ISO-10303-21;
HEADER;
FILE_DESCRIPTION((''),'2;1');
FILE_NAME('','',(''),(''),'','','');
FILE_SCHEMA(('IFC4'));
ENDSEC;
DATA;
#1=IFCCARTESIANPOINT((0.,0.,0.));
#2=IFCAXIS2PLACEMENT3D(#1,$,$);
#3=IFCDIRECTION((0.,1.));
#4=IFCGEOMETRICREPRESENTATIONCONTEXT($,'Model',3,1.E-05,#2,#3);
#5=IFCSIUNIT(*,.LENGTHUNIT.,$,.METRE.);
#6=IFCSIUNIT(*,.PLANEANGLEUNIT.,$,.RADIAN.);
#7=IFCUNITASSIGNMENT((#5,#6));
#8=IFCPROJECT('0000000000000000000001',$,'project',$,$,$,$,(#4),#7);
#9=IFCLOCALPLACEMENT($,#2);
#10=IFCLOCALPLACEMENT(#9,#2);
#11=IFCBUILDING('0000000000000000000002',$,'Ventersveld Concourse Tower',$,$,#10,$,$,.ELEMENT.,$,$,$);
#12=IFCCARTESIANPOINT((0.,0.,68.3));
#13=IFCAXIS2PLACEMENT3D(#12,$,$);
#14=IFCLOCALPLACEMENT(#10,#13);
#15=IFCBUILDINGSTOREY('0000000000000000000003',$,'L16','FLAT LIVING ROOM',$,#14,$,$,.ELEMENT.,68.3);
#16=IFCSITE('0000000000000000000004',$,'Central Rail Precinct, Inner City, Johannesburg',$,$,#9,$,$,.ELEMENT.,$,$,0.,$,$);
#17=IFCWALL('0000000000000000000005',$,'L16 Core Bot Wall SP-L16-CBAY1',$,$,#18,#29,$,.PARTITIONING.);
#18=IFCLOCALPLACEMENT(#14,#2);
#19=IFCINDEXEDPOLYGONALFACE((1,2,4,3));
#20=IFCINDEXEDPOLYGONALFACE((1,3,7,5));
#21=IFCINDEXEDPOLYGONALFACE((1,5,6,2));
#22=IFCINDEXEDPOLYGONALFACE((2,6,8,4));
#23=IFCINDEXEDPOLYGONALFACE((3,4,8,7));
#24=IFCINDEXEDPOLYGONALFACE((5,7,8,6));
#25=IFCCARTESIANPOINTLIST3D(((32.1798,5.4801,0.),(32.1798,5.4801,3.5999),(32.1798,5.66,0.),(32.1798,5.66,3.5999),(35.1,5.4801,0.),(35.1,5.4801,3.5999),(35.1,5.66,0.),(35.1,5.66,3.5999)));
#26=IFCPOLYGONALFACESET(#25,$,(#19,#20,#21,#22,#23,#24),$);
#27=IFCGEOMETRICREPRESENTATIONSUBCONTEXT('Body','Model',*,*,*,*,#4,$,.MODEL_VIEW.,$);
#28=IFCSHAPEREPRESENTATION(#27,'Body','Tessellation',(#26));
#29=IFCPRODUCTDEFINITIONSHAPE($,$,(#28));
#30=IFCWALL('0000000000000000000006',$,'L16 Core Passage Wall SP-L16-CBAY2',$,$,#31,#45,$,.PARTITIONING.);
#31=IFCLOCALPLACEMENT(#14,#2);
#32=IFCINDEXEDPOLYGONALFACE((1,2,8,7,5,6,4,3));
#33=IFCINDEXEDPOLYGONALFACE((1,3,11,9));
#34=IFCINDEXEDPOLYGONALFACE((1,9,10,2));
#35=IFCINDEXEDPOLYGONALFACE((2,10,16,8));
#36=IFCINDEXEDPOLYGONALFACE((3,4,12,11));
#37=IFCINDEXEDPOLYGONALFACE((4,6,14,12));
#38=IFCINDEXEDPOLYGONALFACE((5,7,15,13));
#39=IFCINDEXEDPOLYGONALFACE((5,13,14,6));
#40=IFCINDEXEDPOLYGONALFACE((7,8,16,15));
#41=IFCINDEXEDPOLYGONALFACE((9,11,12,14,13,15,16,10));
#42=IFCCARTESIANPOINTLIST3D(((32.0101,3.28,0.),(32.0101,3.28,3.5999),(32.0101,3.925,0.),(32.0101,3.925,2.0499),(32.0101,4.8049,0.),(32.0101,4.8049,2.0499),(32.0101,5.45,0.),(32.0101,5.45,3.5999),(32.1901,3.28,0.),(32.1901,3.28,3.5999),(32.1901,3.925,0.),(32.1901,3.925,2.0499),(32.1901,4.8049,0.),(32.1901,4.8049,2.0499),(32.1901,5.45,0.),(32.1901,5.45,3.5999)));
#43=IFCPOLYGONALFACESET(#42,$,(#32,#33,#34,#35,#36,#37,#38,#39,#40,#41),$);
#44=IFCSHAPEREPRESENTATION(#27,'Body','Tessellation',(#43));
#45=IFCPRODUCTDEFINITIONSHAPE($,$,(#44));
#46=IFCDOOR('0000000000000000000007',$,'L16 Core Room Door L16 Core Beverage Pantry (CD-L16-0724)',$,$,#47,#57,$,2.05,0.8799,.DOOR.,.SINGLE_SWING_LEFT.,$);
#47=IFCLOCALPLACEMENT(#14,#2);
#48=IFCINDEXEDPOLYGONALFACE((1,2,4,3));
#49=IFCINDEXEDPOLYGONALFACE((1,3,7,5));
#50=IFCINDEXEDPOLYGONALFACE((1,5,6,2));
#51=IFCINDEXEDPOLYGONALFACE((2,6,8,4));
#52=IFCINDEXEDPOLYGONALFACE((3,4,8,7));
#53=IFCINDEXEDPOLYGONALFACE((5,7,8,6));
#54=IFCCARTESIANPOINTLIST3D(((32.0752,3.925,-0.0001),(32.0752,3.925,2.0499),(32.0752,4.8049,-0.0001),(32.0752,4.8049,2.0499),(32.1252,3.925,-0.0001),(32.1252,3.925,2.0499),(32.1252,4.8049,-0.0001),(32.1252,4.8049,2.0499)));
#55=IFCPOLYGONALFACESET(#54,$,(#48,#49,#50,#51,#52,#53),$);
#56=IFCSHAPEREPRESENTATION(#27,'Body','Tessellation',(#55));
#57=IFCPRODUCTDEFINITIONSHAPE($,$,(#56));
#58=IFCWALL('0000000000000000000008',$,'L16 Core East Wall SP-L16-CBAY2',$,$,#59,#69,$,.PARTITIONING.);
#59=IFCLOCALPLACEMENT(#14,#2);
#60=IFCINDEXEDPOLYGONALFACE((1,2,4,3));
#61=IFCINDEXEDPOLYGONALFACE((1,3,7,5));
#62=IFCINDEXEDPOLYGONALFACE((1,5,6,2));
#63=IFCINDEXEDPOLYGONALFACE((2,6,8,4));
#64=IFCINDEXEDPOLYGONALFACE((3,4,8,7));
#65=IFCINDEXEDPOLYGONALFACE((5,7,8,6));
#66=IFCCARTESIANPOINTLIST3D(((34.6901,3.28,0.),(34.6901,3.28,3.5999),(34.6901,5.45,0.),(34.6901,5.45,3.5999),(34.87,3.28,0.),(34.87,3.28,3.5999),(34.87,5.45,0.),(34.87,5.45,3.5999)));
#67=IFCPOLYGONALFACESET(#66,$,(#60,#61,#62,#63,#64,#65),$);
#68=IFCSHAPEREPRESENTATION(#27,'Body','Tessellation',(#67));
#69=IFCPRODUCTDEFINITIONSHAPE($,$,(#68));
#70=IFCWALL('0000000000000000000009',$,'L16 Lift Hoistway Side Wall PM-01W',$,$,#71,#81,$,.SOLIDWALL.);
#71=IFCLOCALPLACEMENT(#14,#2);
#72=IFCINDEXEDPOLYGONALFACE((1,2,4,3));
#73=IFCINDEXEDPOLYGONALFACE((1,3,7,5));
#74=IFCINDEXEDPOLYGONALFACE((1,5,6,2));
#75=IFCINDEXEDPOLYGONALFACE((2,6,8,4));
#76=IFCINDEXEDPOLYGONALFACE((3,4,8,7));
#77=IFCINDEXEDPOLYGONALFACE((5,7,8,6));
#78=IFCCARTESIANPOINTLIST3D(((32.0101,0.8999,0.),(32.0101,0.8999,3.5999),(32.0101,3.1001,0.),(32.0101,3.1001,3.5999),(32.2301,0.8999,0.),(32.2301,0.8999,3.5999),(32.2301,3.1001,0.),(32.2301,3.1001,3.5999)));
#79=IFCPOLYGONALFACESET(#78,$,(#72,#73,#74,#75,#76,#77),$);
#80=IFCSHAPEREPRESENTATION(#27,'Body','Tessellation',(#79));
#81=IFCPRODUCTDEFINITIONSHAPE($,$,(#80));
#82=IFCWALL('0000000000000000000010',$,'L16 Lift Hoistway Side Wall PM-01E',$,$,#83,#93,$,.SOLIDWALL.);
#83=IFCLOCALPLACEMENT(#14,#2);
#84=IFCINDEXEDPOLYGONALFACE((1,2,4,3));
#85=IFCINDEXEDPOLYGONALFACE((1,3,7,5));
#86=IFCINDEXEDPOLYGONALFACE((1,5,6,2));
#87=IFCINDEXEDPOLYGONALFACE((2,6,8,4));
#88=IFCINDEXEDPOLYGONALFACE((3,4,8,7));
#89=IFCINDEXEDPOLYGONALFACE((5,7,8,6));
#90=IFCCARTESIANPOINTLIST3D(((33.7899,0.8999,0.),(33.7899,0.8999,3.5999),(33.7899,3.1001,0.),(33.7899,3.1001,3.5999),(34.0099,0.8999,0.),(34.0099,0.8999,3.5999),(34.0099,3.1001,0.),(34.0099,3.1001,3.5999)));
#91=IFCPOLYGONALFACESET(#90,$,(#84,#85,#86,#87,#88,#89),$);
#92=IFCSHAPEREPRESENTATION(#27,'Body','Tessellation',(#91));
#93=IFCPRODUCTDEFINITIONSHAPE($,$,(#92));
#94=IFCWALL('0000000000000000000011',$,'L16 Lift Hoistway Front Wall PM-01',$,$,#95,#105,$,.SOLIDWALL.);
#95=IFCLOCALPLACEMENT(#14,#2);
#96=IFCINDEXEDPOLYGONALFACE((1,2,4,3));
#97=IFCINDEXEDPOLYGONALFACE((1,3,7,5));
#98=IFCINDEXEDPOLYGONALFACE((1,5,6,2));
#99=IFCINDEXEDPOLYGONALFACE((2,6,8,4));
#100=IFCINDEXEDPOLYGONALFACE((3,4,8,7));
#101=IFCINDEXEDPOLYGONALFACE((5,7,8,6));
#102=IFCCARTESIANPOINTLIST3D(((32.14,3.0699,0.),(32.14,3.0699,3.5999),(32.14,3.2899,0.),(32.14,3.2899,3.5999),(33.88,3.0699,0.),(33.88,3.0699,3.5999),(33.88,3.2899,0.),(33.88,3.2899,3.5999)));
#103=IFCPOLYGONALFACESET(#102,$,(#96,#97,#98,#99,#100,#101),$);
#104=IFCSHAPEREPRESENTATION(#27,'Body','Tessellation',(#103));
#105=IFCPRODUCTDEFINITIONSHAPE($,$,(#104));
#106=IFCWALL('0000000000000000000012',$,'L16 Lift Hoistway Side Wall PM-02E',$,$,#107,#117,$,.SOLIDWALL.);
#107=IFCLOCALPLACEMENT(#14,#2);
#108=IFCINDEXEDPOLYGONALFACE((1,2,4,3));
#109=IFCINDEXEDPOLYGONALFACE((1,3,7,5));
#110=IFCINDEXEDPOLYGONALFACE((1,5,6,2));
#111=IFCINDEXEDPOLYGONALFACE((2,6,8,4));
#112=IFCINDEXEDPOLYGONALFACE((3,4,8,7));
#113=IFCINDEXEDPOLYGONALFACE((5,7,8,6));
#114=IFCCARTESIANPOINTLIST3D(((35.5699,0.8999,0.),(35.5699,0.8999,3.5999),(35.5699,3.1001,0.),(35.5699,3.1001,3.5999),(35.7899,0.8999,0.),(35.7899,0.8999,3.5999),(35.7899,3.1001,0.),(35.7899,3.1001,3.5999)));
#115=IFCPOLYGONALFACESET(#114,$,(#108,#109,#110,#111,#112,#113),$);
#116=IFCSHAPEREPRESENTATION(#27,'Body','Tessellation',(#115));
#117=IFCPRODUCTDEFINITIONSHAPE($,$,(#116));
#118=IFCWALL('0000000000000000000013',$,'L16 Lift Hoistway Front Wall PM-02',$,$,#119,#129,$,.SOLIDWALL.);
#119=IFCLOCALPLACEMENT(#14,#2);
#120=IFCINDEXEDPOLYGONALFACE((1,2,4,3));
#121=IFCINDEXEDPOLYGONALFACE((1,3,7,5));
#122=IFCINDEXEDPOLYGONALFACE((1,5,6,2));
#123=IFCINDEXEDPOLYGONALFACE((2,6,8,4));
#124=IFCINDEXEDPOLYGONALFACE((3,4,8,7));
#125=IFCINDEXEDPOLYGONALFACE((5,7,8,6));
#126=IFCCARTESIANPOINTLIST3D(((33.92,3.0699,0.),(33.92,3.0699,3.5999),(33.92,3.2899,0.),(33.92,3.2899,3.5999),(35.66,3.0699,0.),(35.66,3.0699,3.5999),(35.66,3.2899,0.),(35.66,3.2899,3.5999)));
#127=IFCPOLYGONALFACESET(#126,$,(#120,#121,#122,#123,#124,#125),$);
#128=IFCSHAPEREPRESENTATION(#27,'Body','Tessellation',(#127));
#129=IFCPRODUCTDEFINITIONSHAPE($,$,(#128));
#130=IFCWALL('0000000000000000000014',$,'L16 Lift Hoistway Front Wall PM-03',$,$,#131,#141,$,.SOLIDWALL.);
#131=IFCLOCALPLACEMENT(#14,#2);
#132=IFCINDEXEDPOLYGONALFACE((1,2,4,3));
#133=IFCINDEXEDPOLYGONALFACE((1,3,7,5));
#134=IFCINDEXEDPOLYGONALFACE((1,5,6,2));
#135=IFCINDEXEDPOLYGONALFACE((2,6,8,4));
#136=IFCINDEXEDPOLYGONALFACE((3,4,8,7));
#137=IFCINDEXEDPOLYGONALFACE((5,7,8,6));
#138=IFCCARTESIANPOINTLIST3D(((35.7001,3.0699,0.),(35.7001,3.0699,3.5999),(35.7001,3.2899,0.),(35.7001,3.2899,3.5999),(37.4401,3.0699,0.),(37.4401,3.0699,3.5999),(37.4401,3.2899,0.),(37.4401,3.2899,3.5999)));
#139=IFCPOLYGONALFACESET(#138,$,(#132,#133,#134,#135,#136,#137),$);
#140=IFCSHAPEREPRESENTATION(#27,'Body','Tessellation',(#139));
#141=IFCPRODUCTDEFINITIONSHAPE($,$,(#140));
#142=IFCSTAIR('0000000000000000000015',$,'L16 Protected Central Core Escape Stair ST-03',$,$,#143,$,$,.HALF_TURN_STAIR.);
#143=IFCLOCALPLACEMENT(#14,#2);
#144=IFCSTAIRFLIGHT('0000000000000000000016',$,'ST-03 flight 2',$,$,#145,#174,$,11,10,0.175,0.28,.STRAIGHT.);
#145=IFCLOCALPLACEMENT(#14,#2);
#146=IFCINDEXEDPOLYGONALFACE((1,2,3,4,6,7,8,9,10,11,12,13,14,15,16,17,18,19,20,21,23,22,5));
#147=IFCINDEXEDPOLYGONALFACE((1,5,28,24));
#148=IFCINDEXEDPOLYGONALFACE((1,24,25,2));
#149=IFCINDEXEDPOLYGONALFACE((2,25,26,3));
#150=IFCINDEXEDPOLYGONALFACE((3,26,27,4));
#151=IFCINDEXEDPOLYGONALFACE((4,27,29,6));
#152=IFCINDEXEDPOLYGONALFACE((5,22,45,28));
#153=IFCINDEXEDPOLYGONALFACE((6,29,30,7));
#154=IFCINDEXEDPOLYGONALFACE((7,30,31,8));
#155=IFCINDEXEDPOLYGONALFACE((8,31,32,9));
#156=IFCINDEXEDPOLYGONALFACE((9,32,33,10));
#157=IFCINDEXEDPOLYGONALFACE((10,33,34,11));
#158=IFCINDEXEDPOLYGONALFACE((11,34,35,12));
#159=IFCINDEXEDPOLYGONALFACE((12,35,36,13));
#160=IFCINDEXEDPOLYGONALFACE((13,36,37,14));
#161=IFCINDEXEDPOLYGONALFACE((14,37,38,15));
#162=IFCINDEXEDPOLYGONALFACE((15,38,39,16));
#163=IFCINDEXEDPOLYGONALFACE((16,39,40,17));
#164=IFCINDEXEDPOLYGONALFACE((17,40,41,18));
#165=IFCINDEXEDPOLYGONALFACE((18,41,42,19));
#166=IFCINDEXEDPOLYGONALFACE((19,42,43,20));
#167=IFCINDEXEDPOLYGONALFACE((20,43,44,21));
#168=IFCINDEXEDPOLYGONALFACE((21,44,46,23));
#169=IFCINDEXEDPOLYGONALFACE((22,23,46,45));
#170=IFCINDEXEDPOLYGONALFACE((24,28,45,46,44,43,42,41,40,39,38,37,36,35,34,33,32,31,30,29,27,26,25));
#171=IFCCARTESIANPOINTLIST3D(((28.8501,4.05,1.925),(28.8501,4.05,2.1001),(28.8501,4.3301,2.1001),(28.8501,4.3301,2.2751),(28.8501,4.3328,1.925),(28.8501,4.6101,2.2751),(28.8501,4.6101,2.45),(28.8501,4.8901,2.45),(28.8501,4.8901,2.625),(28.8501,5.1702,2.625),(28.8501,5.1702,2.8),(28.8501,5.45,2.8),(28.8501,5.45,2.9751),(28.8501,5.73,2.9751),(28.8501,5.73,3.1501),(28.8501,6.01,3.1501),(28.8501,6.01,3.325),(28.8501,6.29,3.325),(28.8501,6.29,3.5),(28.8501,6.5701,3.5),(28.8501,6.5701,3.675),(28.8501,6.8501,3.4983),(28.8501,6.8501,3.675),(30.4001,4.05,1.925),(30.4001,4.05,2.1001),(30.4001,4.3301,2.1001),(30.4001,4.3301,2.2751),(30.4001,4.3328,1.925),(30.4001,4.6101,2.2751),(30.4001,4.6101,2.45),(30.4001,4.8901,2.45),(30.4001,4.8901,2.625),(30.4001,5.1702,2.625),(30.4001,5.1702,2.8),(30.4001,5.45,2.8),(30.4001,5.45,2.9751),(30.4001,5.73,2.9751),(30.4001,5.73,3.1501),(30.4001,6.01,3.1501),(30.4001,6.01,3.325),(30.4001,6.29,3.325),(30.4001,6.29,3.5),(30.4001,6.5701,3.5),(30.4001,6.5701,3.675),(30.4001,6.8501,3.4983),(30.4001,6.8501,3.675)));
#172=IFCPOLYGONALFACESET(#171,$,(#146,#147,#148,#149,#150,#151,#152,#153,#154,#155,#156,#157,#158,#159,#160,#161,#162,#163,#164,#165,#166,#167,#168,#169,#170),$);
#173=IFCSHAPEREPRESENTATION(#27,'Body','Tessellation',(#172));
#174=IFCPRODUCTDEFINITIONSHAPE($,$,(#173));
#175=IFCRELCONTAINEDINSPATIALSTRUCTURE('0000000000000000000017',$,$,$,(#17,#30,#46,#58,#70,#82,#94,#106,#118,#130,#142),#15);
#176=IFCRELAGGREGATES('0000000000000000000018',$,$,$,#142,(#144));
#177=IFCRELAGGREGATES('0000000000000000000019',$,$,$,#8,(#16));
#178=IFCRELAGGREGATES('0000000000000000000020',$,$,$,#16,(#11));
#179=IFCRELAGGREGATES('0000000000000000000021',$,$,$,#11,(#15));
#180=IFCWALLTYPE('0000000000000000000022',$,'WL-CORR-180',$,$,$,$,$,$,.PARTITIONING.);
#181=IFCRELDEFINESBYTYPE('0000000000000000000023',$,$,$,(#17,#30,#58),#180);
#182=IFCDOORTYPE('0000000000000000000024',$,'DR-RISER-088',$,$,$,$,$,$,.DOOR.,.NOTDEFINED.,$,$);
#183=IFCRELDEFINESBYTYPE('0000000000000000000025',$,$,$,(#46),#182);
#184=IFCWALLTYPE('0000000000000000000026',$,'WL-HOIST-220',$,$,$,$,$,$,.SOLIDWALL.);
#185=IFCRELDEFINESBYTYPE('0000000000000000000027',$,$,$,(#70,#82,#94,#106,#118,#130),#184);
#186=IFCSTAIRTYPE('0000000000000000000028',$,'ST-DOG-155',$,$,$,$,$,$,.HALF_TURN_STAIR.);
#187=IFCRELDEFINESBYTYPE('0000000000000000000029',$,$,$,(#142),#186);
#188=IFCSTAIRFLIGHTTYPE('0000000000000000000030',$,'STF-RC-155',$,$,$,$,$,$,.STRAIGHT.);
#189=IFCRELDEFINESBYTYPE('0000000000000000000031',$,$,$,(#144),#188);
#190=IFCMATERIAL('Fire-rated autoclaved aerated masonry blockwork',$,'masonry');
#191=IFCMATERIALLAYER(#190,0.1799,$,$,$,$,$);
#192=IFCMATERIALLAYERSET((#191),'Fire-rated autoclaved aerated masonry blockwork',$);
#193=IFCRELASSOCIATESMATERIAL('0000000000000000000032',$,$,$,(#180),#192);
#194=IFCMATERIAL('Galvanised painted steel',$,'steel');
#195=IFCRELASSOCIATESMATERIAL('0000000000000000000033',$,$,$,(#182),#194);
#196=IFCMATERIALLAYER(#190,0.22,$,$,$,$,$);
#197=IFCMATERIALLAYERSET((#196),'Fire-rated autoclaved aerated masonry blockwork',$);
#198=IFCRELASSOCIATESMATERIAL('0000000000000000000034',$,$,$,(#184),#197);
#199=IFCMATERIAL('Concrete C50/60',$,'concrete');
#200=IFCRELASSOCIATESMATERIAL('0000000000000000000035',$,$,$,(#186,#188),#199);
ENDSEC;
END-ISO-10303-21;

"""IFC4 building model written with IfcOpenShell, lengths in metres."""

from ifc_helpers import new_model, si_unit, direction, frame, frame_2d, origin, place, context, subcontext, project, spatial, polyline, rectangle, outline, extrude, material, layer, layer_set, type_object, element, fill, aggregate, save


model = new_model("IFC4")

# Units and contexts
model_context = context("Model", 3, precision=1e-05, world=origin(), true_north=direction((0.0, 1.0)))
body_context = subcontext(model_context, "Body", "Model", "MODEL_VIEW")
ifc_project = project(units=[si_unit("LENGTHUNIT", "METRE"), si_unit("PLANEANGLEUNIT", "RADIAN")], contexts=[model_context])

# Site, building, storey
site_placement = place(None, origin())
site = spatial("IfcSite", under=ifc_project, at=site_placement, Name="Central Rail Precinct, Inner City, Johannesburg", CompositionType="ELEMENT", RefElevation=0.0)
building_placement = place(site_placement, origin())
building = spatial("IfcBuilding", under=site, at=building_placement, Name="Ventersveld Concourse Tower", CompositionType="ELEMENT")
storey_placement = place(building_placement, frame((0.0, 0.0, 68.3)))
storey = spatial("IfcBuildingStorey", under=building, at=storey_placement, Name="L16", Description="FLAT LIVING ROOM", CompositionType="ELEMENT", Elevation=68.3)

# Shared definitions
ifc_material_1 = material(Name="Concrete C50/60", Category="concrete")

# Wall
ifc_material_2 = material(Name="Fire-rated autoclaved aerated masonry blockwork", Category="masonry")
ifc_layer_1 = layer(ifc_material_2, 0.1799)
ifc_layer_set_1 = layer_set([ifc_layer_1], Name="Fire-rated autoclaved aerated masonry blockwork")
wall_type_1 = type_object("IfcWallType", Name="WL-CORR-180", PredefinedType="PARTITIONING", material=ifc_layer_set_1)
wall_1_placement = place(storey_placement, frame((32.1799, 5.5701, 0.0), z_axis=(0.0, 0.0, 1.0), x_axis=(1.0, 0.0, 0.0)))
element("IfcWall", 1, at=wall_1_placement, inside=storey, type_object=wall_type_1, Name="L16 Core Bot Wall SP-L16-CBAY1", PredefinedType="PARTITIONING", context=body_context, shape_type="SweptSolid", body=[
    extrude(rectangle(XDim=2.9202, YDim=0.1799, at=frame_2d((1.46, 0.0))), origin(), (0.0, 0.0, 1.0), 3.5999),
])

# Wall, opening, door
wall_2_placement = place(storey_placement, frame((32.1001, 3.28, 0.0), z_axis=(0.0, 0.0, 1.0), x_axis=(0.0, 1.0, 0.0)))
wall_2 = element("IfcWall", 2, at=wall_2_placement, inside=storey, type_object=wall_type_1, Name="L16 Core Passage Wall SP-L16-CBAY2", PredefinedType="PARTITIONING", context=body_context, shape_type="SweptSolid", body=[
    extrude(rectangle(XDim=2.1699, YDim=0.1799, at=frame_2d((1.085, 0.0))), origin(), (0.0, 0.0, 1.0), 3.5999),
])
opening_placement = place(wall_2_placement, frame((0.645, 0.0, 0.0)))
opening = element("IfcOpeningElement", 3, at=opening_placement, cuts=wall_2, PredefinedType="OPENING", context=body_context, shape_type="SweptSolid", body=[
    extrude(rectangle(XDim=0.8799, YDim=2.05, at=frame_2d((0.4399, 1.0249))), frame((0.0, 0.1001, 0.0), z_axis=(0.0, -1.0, 0.0), x_axis=(1.0, 0.0, 0.0)), (0.0, 0.0, 1.0), 0.2),
])
ifc_material_3 = material(Name="Galvanised painted steel", Category="steel")
door_type = type_object("IfcDoorType", Name="DR-RISER-088", OperationType="NOTDEFINED", PredefinedType="DOOR", material=ifc_material_3)
door_placement = place(opening_placement, origin())
door = element("IfcDoor", 4, at=door_placement, inside=storey, type_object=door_type, Name="L16 Core Room Door L16 Core Beverage Pantry (CD-L16-0724)", OperationType="SINGLE_SWING_LEFT", OverallHeight=2.05, OverallWidth=0.8799, PredefinedType="DOOR", context=body_context, shape_type="SweptSolid", body=[
    extrude(rectangle(XDim=0.8799, YDim=2.05, at=frame_2d((0.4399, 1.0249))), frame((0.0, 0.0249, 0.0), z_axis=(0.0, -1.0, 0.0), x_axis=(1.0, 0.0, 0.0)), (0.0, 0.0, 1.0), 0.05),
])
fill(opening, door)

# Walls
wall_3_placement = place(storey_placement, frame((34.78, 3.28, 0.0), z_axis=(0.0, 0.0, 1.0), x_axis=(0.0, 1.0, 0.0)))
element("IfcWall", 5, at=wall_3_placement, inside=storey, type_object=wall_type_1, Name="L16 Core East Wall SP-L16-CBAY2", PredefinedType="PARTITIONING", context=body_context, shape_type="SweptSolid", body=[
    extrude(rectangle(XDim=2.1699, YDim=0.1799, at=frame_2d((1.085, 0.0))), origin(), (0.0, 0.0, 1.0), 3.5999),
])
ifc_layer_2 = layer(ifc_material_2, 0.22)
ifc_layer_set_2 = layer_set([ifc_layer_2], Name="Fire-rated autoclaved aerated masonry blockwork")
wall_type_2 = type_object("IfcWallType", Name="WL-HOIST-220", PredefinedType="SOLIDWALL", material=ifc_layer_set_2)
for number, where, z_axis, x_axis, name in (
    (6, (32.1201, 0.8999, 0.0), (0.0, 0.0, 1.0), (0.0, 1.0, 0.0), "L16 Lift Hoistway Side Wall PM-01W"),
    (7, (33.8999, 0.8999, 0.0), (0.0, 0.0, 1.0), (0.0, 1.0, 0.0), "L16 Lift Hoistway Side Wall PM-01E"),
):
    element("IfcWall", number, at=place(storey_placement, frame(where, z_axis=z_axis, x_axis=x_axis)), inside=storey, type_object=wall_type_2, Name=name, PredefinedType="SOLIDWALL", context=body_context, shape_type="SweptSolid", body=[
        extrude(rectangle(XDim=2.2002, YDim=0.22, at=frame_2d((1.1001, 0.0))), origin(), (0.0, 0.0, 1.0), 3.5999),
    ])
wall_4_placement = place(storey_placement, frame((32.1399, 3.1799, 0.0), z_axis=(0.0, 0.0, 1.0), x_axis=(1.0, 0.0, 0.0)))
element("IfcWall", 8, at=wall_4_placement, inside=storey, type_object=wall_type_2, Name="L16 Lift Hoistway Front Wall PM-01", PredefinedType="SOLIDWALL", context=body_context, shape_type="SweptSolid", body=[
    extrude(rectangle(XDim=1.74, YDim=0.22, at=frame_2d((0.8701, 0.0))), origin(), (0.0, 0.0, 1.0), 3.5999),
])
wall_5_placement = place(storey_placement, frame((35.6799, 0.8999, 0.0), z_axis=(0.0, 0.0, 1.0), x_axis=(0.0, 1.0, 0.0)))
element("IfcWall", 9, at=wall_5_placement, inside=storey, type_object=wall_type_2, Name="L16 Lift Hoistway Side Wall PM-02E", PredefinedType="SOLIDWALL", context=body_context, shape_type="SweptSolid", body=[
    extrude(rectangle(XDim=2.2002, YDim=0.22, at=frame_2d((1.1001, 0.0))), origin(), (0.0, 0.0, 1.0), 3.5999),
])
for number, where, z_axis, x_axis, name in (
    (10, (33.9199, 3.1799, 0.0), (0.0, 0.0, 1.0), (1.0, 0.0, 0.0), "L16 Lift Hoistway Front Wall PM-02"),
    (11, (35.7, 3.1799, 0.0), (0.0, 0.0, 1.0), (1.0, 0.0, 0.0), "L16 Lift Hoistway Front Wall PM-03"),
):
    element("IfcWall", number, at=place(storey_placement, frame(where, z_axis=z_axis, x_axis=x_axis)), inside=storey, type_object=wall_type_2, Name=name, PredefinedType="SOLIDWALL", context=body_context, shape_type="SweptSolid", body=[
        extrude(rectangle(XDim=1.74, YDim=0.22, at=frame_2d((0.8701, 0.0))), origin(), (0.0, 0.0, 1.0), 3.5999),
    ])

# Stair, stair flight
stair_type = type_object("IfcStairType", Name="ST-DOG-155", PredefinedType="HALF_TURN_STAIR", material=ifc_material_1)
stair_placement = place(storey_placement, origin())
stair = element("IfcStair", 12, at=stair_placement, inside=storey, type_object=stair_type, Name="L16 Protected Central Core Escape Stair ST-03", PredefinedType="HALF_TURN_STAIR")
stair_flight_type = type_object("IfcStairFlightType", Name="STF-RC-155", PredefinedType="STRAIGHT", material=ifc_material_1)
stair_flight_placement = place(storey_placement, frame((29.625, 4.05, 1.925), z_axis=(0.0, 0.0, 1.0), x_axis=(0.0, 1.0, 0.0)))
stair_flight = element("IfcStairFlight", 13, at=stair_flight_placement, type_object=stair_flight_type, Name="ST-03 flight 2", NumberOfRisers=11, NumberOfTreads=10, PredefinedType="STRAIGHT", RiserHeight=0.175, TreadLength=0.28, context=body_context, shape_type="SweptSolid", body=[
    extrude(outline(polyline([(0.0, 0.0), (0.0, 0.175), (0.28, 0.175), (0.28, 0.3501), (0.5601, 0.3501), (0.5601, 0.5249), (0.8401, 0.5249), (0.8401, 0.7), (1.1201, 0.7), (1.1201, 0.875), (1.3999, 0.875), (1.3999, 1.05), (1.6799, 1.05), (1.6799, 1.2251), (1.96, 1.2251), (1.96, 1.3999), (2.24, 1.3999), (2.24, 1.575), (2.52, 1.575), (2.52, 1.75), (2.8, 1.75), (2.8, 1.925), (2.8, 1.5732), (0.2827, 0.0), (0.0, 0.0)])), frame((0.0, 0.7749, 0.0), z_axis=(0.0, -1.0, 0.0), x_axis=(1.0, 0.0, 0.0)), (0.0, 0.0, 1.0), 1.55),
])
aggregate(stair, [stair_flight])

save(model, "model.ifc")
